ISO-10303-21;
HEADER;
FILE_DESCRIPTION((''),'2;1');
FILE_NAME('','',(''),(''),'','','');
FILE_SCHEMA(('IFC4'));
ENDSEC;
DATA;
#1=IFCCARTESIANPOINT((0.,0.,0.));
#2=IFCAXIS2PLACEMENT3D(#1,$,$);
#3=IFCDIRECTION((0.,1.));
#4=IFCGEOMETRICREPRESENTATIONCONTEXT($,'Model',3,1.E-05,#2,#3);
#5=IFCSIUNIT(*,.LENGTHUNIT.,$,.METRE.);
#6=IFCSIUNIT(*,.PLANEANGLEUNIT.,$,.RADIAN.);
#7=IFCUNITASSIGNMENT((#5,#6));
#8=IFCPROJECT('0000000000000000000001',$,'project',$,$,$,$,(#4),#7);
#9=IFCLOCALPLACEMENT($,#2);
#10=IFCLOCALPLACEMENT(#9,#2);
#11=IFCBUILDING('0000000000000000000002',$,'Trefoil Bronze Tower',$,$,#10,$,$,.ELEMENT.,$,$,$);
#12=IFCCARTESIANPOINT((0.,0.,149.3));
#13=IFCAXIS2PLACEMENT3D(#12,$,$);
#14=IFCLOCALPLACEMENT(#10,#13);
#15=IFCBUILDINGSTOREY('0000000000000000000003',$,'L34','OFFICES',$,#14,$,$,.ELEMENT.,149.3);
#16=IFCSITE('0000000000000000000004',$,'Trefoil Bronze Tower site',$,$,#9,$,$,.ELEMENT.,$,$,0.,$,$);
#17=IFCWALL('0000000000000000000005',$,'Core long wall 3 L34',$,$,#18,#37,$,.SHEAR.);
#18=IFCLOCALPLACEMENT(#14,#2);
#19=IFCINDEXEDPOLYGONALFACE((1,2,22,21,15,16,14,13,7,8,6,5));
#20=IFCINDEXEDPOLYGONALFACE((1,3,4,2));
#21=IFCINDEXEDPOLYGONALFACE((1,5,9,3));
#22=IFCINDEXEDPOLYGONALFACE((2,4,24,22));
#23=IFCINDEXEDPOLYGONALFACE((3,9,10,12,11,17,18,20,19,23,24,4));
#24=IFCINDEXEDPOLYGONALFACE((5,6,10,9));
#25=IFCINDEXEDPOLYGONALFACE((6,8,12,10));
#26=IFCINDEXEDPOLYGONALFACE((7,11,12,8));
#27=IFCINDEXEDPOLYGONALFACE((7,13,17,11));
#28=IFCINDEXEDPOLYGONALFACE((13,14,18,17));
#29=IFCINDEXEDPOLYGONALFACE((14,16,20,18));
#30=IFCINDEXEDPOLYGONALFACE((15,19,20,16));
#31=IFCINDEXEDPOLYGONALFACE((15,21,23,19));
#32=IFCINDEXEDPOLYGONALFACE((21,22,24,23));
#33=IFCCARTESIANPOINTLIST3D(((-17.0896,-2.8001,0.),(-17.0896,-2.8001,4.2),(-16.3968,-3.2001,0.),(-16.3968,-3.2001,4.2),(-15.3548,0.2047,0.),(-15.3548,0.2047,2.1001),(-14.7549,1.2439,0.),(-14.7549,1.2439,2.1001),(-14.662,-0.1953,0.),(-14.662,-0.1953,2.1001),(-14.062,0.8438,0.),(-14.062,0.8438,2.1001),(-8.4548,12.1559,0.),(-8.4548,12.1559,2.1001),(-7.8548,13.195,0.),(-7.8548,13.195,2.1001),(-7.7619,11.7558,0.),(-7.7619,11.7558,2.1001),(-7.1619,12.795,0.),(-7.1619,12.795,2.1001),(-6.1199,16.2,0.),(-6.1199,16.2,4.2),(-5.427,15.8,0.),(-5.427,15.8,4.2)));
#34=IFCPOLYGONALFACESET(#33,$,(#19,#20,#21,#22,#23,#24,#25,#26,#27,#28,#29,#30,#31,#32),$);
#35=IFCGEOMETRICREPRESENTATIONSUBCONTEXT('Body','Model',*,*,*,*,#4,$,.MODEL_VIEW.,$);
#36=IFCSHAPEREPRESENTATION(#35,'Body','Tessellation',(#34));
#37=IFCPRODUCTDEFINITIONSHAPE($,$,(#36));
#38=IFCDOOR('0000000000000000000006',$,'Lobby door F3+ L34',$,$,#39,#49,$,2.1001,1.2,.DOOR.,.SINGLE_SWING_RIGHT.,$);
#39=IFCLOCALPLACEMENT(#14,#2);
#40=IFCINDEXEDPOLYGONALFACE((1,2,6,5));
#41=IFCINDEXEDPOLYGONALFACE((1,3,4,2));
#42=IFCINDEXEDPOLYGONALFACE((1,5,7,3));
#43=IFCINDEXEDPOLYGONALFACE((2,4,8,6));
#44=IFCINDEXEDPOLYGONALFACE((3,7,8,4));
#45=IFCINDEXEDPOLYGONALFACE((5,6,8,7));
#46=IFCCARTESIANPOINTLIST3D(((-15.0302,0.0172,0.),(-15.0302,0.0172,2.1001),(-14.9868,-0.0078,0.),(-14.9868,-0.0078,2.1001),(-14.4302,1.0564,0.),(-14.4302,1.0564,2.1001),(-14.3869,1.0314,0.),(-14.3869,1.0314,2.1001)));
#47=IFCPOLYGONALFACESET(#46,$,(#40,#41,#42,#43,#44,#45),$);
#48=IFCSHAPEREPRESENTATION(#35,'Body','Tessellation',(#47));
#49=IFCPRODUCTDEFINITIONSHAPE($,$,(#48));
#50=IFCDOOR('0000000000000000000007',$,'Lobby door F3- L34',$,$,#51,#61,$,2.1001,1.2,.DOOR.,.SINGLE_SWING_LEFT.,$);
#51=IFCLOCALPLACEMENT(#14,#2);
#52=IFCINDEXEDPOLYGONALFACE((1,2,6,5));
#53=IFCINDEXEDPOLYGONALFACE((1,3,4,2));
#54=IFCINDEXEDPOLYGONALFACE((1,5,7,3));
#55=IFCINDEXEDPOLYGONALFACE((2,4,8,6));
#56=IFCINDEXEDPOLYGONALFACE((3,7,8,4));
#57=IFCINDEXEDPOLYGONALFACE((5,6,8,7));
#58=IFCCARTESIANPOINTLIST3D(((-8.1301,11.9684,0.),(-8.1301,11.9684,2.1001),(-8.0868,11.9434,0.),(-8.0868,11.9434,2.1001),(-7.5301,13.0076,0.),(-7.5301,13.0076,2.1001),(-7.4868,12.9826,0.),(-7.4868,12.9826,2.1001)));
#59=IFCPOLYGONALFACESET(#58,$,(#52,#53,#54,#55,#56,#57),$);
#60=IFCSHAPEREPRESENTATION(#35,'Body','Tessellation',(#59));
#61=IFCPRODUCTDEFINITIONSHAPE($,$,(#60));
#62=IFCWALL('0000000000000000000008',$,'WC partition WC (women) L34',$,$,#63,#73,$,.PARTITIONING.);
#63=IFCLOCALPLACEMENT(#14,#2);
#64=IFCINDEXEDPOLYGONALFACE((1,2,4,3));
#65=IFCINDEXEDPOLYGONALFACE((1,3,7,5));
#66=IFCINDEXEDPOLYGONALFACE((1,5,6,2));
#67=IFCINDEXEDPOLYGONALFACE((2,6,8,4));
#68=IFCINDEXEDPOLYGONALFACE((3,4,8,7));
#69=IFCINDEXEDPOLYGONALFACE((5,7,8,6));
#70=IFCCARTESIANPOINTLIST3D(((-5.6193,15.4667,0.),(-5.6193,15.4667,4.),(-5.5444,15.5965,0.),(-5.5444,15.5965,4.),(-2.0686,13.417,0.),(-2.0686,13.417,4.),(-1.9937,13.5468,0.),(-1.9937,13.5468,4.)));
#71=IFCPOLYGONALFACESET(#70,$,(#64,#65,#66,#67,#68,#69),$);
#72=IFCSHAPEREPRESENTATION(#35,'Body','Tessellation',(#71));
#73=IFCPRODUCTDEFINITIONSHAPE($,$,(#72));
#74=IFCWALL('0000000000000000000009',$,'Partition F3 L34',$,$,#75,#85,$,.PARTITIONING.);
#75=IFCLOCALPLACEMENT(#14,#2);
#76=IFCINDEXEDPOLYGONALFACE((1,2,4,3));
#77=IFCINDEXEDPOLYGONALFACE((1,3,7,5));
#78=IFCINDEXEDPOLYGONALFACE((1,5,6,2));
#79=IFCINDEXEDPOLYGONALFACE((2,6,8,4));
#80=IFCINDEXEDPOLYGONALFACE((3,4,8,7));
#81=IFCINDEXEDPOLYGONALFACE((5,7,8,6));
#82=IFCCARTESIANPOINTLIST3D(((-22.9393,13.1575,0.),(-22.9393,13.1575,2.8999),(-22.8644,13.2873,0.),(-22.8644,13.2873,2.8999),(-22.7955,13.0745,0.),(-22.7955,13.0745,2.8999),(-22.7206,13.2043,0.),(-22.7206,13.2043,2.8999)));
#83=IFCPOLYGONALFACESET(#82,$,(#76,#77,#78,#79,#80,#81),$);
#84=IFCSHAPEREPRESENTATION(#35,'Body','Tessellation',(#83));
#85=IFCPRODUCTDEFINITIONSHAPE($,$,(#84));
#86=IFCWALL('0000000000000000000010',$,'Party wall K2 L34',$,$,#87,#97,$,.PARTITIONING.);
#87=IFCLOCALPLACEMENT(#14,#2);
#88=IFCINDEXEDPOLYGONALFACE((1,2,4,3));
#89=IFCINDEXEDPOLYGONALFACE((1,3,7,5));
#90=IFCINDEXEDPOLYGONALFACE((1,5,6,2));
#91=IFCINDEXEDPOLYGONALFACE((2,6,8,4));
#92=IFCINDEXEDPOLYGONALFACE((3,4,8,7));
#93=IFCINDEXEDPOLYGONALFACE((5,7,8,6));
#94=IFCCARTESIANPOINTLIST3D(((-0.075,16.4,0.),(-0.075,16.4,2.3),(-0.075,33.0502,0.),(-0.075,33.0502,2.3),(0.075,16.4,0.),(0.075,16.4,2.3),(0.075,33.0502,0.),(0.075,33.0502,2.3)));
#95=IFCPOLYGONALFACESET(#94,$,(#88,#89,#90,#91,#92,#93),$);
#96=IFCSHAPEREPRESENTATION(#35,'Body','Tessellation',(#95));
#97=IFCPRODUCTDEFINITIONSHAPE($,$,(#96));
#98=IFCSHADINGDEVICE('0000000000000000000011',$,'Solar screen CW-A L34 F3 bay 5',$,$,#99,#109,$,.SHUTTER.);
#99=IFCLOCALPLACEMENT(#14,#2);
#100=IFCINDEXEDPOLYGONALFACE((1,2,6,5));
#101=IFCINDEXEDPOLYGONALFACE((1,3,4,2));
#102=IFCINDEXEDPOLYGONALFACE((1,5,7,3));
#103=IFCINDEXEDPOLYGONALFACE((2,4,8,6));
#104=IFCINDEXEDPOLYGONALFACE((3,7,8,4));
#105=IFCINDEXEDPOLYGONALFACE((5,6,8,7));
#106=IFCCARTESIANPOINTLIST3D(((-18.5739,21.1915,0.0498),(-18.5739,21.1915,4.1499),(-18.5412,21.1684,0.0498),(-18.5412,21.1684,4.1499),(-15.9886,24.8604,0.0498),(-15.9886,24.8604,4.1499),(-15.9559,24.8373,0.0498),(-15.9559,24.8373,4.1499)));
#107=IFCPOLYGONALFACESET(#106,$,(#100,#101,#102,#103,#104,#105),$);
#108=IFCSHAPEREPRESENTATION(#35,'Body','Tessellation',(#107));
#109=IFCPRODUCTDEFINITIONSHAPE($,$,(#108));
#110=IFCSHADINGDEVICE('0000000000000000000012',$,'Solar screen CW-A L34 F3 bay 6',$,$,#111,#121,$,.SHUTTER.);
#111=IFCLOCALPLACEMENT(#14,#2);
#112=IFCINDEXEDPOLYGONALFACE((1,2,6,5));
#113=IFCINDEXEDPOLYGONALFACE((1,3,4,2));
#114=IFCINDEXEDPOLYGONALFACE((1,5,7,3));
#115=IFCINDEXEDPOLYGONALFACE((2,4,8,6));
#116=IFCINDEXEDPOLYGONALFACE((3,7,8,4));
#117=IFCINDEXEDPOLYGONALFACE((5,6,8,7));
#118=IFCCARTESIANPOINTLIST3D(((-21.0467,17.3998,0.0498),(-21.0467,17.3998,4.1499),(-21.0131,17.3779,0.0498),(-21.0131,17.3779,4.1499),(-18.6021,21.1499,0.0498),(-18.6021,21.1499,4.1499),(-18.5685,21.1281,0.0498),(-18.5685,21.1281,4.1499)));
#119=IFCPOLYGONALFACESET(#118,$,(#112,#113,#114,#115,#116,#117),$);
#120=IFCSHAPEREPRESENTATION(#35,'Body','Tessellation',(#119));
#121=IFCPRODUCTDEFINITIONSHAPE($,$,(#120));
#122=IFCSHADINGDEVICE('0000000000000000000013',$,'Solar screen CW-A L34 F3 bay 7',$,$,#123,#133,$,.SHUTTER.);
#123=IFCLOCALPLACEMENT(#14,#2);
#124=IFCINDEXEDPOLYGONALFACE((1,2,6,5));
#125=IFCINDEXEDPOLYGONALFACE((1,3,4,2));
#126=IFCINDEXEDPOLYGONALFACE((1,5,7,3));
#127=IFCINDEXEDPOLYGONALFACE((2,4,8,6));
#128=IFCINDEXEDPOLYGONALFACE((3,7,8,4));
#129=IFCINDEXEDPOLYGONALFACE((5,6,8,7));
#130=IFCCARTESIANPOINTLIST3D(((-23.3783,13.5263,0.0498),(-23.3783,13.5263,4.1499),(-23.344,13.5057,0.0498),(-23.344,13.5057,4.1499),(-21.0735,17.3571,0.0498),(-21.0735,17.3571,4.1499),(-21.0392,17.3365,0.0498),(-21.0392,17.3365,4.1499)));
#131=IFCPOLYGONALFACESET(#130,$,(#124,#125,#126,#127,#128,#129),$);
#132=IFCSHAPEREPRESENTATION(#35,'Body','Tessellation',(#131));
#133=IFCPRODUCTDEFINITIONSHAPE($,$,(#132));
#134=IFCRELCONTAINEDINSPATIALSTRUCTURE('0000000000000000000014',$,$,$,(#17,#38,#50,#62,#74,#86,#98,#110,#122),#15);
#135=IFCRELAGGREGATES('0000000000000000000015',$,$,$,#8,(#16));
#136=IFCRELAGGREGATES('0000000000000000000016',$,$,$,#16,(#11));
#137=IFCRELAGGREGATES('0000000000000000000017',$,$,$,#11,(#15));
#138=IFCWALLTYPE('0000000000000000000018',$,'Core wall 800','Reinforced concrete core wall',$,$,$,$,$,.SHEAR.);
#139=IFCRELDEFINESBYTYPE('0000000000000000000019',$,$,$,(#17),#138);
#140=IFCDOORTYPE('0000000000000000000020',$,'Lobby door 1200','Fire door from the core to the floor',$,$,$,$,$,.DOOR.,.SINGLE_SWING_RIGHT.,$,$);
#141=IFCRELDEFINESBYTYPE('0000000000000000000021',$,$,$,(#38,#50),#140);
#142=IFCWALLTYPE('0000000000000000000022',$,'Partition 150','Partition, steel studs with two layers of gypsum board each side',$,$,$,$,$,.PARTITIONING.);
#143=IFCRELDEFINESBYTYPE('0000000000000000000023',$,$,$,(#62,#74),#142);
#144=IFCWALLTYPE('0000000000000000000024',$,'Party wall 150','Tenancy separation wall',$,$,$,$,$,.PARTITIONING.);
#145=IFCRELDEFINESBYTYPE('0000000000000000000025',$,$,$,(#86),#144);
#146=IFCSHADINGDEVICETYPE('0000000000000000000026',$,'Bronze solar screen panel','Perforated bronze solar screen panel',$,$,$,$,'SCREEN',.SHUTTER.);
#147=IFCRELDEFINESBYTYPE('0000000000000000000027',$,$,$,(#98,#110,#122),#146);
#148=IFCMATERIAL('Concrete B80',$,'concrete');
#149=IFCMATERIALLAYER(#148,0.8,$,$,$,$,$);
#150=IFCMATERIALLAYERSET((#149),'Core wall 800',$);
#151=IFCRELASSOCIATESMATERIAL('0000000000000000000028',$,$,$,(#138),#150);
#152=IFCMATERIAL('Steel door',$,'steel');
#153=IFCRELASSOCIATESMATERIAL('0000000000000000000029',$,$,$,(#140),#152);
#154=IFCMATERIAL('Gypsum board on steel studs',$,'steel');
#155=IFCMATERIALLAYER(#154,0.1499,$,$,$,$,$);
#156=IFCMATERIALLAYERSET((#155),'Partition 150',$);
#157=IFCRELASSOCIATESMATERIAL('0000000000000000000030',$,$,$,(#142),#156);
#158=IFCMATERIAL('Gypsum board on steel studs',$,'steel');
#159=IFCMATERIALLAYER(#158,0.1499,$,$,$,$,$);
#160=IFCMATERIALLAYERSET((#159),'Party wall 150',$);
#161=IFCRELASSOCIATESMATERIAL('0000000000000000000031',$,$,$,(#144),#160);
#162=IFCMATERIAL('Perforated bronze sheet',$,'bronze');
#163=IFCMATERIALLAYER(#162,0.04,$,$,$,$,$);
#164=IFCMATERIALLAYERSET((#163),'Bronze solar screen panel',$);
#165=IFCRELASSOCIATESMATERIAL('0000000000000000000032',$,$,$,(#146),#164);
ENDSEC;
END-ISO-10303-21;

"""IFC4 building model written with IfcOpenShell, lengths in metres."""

from ifc_helpers import new_model, si_unit, direction, frame, frame_2d, origin, origin_2d, place, context, subcontext, project, spatial, rectangle, extrude, material, layer, layer_set, type_object, element, fill, save


model = new_model("IFC4")

# Units and contexts
model_context = context("Model", 3, precision=1e-05, world=origin(), true_north=direction((0.0, 1.0)))
body_context = subcontext(model_context, "Body", "Model", "MODEL_VIEW")
ifc_project = project(units=[si_unit("LENGTHUNIT", "METRE"), si_unit("PLANEANGLEUNIT", "RADIAN")], contexts=[model_context])

# Site, building, storey
site_placement = place(None, origin())
site = spatial("IfcSite", under=ifc_project, at=site_placement, Name="Trefoil Bronze Tower site", CompositionType="ELEMENT", RefElevation=0.0)
building_placement = place(site_placement, origin())
building = spatial("IfcBuilding", under=site, at=building_placement, Name="Trefoil Bronze Tower", CompositionType="ELEMENT")
storey_placement = place(building_placement, frame((0.0, 0.0, 149.3)))
storey = spatial("IfcBuildingStorey", under=building, at=storey_placement, Name="L34", Description="OFFICES", CompositionType="ELEMENT", Elevation=149.3)

# Wall, openings, doors
ifc_material_1 = material(Name="Concrete B80", Category="concrete")
ifc_layer_1 = layer(ifc_material_1, 0.8)
ifc_layer_set_1 = layer_set([ifc_layer_1], Name="Core wall 800")
wall_type_1 = type_object("IfcWallType", Name="Core wall 800", Description="Reinforced concrete core wall", PredefinedType="SHEAR", material=ifc_layer_set_1)
wall_1_placement = place(storey_placement, frame((-5.7734, 16.0, 0.0), z_axis=(0.0, 0.0, 1.0), x_axis=(-0.500002, -0.866024, 0.0)))
wall_1 = element("IfcWall", 1, at=wall_1_placement, inside=storey, type_object=wall_type_1, Name="Core long wall 3 L34", PredefinedType="SHEAR", context=body_context, shape_type="SweptSolid", body=[
    extrude(rectangle(XDim=21.9395, YDim=0.8, at=frame_2d((10.9697, 0.0))), origin(), (0.0, 0.0, 1.0), 4.2),
])
opening_1_placement = place(wall_1_placement, frame((17.2698, 0.0, 0.0)))
opening_1 = element("IfcOpeningElement", 2, at=opening_1_placement, cuts=wall_1, PredefinedType="OPENING", context=body_context, shape_type="SweptSolid", body=[
    extrude(rectangle(XDim=1.2, YDim=2.1001, at=frame_2d((0.6001, 1.05))), frame((0.0, 0.4099, 0.0), z_axis=(0.0, -1.0, 0.0), x_axis=(1.0, 0.0, 0.0)), (0.0, 0.0, 1.0), 0.8201),
])
opening_2_placement = place(wall_1_placement, frame((3.4697, 0.0, 0.0)))
opening_2 = element("IfcOpeningElement", 3, at=opening_2_placement, cuts=wall_1, PredefinedType="OPENING", context=body_context, shape_type="SweptSolid", body=[
    extrude(rectangle(XDim=1.2, YDim=2.1001, at=frame_2d((0.6001, 1.05))), frame((0.0, 0.4099, 0.0), z_axis=(0.0, -1.0, 0.0), x_axis=(1.0, 0.0, 0.0)), (0.0, 0.0, 1.0), 0.8201),
])
ifc_material_2 = material(Name="Steel door", Category="steel")
door_type = type_object("IfcDoorType", Name="Lobby door 1200", Description="Fire door from the core to the floor", OperationType="SINGLE_SWING_RIGHT", PredefinedType="DOOR", material=ifc_material_2)
door_1_placement = place(opening_1_placement, origin())
door_1 = element("IfcDoor", 4, at=door_1_placement, inside=storey, type_object=door_type, Name="Lobby door F3+ L34", OperationType="SINGLE_SWING_RIGHT", OverallHeight=2.1001, OverallWidth=1.2, PredefinedType="DOOR", context=body_context, shape_type="SweptSolid", body=[
    extrude(rectangle(XDim=1.2, YDim=2.1001, at=frame_2d((0.6001, 1.05))), frame((0.0, 0.0249, 0.0), z_axis=(0.0, -1.0, 0.0), x_axis=(1.0, 0.0, 0.0)), (0.0, 0.0, 1.0), 0.05),
])
fill(opening_1, door_1)
door_2_placement = place(opening_2_placement, origin())
door_2 = element("IfcDoor", 5, at=door_2_placement, inside=storey, type_object=door_type, Name="Lobby door F3- L34", OperationType="SINGLE_SWING_LEFT", OverallHeight=2.1001, OverallWidth=1.2, PredefinedType="DOOR", context=body_context, shape_type="SweptSolid", body=[
    extrude(rectangle(XDim=1.2, YDim=2.1001, at=frame_2d((0.6001, 1.05))), frame((0.0, 0.0249, 0.0), z_axis=(0.0, -1.0, 0.0), x_axis=(1.0, 0.0, 0.0)), (0.0, 0.0, 1.0), 0.05),
])
fill(opening_2, door_2)

# Walls
ifc_material_3 = material(Name="Gypsum board on steel studs", Category="steel")
ifc_layer_2 = layer(ifc_material_3, 0.1499)
ifc_layer_set_2 = layer_set([ifc_layer_2], Name="Partition 150")
wall_type_2 = type_object("IfcWallType", Name="Partition 150", Description="Partition, steel studs with two layers of gypsum board each side", PredefinedType="PARTITIONING", material=ifc_layer_set_2)
wall_2_placement = place(storey_placement, frame((-2.0312, 13.4819, 0.0), z_axis=(0.0, 0.0, 1.0), x_axis=(-0.866051, 0.499956, 0.0)))
element("IfcWall", 6, at=wall_2_placement, inside=storey, type_object=wall_type_2, Name="WC partition WC (women) L34", PredefinedType="PARTITIONING", context=body_context, shape_type="SweptSolid", body=[
    extrude(rectangle(XDim=4.0999, YDim=0.1499, at=frame_2d((2.0498, 0.0))), origin(), (0.0, 0.0, 1.0), 4.0),
])
wall_3_placement = place(storey_placement, frame((-22.7581, 13.1394, 0.0), z_axis=(0.0, 0.0, 1.0), x_axis=(-0.866063, 0.499935, 0.0)))
element("IfcWall", 7, at=wall_3_placement, inside=storey, type_object=wall_type_2, Name="Partition F3 L34", PredefinedType="PARTITIONING", context=body_context, shape_type="SweptSolid", body=[
    extrude(rectangle(XDim=0.166, YDim=0.1499, at=frame_2d((0.083, 0.0))), origin(), (0.0, 0.0, 1.0), 2.8999),
])
ifc_material_4 = material(Name="Gypsum board on steel studs", Category="steel")
ifc_layer_3 = layer(ifc_material_4, 0.1499)
ifc_layer_set_3 = layer_set([ifc_layer_3], Name="Party wall 150")
wall_type_3 = type_object("IfcWallType", Name="Party wall 150", Description="Tenancy separation wall", PredefinedType="PARTITIONING", material=ifc_layer_set_3)
wall_4_placement = place(storey_placement, frame((0.0, 16.3999, 0.0), z_axis=(0.0, 0.0, 1.0), x_axis=(0.0, 1.0, 0.0)))
element("IfcWall", 8, at=wall_4_placement, inside=storey, type_object=wall_type_3, Name="Party wall K2 L34", PredefinedType="PARTITIONING", context=body_context, shape_type="SweptSolid", body=[
    extrude(rectangle(XDim=16.6501, YDim=0.1499, at=frame_2d((8.3252, 0.0))), origin(), (0.0, 0.0, 1.0), 2.3),
])

# Shading devices
ifc_material_5 = material(Name="Perforated bronze sheet", Category="bronze")
ifc_layer_4 = layer(ifc_material_5, 0.04)
ifc_layer_set_4 = layer_set([ifc_layer_4], Name="Bronze solar screen panel")
shading_device_type = type_object("IfcShadingDeviceType", Name="Bronze solar screen panel", Description="Perforated bronze solar screen panel", ElementType="SCREEN", PredefinedType="SHUTTER", material=ifc_layer_set_4)
shading_device_1_placement = place(storey_placement, frame((-17.2649, 23.0144, 0.0498), z_axis=(0.0, 0.0, 1.0), x_axis=(-0.575999, -0.81745, 0.0)))
element("IfcShadingDevice", 9, at=shading_device_1_placement, inside=storey, type_object=shading_device_type, Name="Solar screen CW-A L34 F3 bay 5", PredefinedType="SHUTTER", context=body_context, shape_type="SweptSolid", body=[
    extrude(rectangle(XDim=4.4883, YDim=0.04, at=origin_2d()), origin(), (0.0, 0.0, 1.0), 4.1001),
])
shading_device_2_placement = place(storey_placement, frame((-19.8076, 19.2639, 0.0498), z_axis=(0.0, 0.0, 1.0), x_axis=(-0.546089, -0.837727, 0.0)))
element("IfcShadingDevice", 10, at=shading_device_2_placement, inside=storey, type_object=shading_device_type, Name="Solar screen CW-A L34 F3 bay 6", PredefinedType="SHUTTER", context=body_context, shape_type="SweptSolid", body=[
    extrude(rectangle(XDim=4.4766, YDim=0.04, at=origin_2d()), origin(), (0.0, 0.0, 1.0), 4.1001),
])
shading_device_3_placement = place(storey_placement, frame((-22.2087, 15.4314, 0.0498), z_axis=(0.0, 0.0, 1.0), x_axis=(-0.515525, -0.856874, 0.0)))
element("IfcShadingDevice", 11, at=shading_device_3_placement, inside=storey, type_object=shading_device_type, Name="Solar screen CW-A L34 F3 bay 7", PredefinedType="SHUTTER", context=body_context, shape_type="SweptSolid", body=[
    extrude(rectangle(XDim=4.4707, YDim=0.04, at=origin_2d()), origin(), (0.0, 0.0, 1.0), 4.1001),
])

save(model, "model.ifc")
